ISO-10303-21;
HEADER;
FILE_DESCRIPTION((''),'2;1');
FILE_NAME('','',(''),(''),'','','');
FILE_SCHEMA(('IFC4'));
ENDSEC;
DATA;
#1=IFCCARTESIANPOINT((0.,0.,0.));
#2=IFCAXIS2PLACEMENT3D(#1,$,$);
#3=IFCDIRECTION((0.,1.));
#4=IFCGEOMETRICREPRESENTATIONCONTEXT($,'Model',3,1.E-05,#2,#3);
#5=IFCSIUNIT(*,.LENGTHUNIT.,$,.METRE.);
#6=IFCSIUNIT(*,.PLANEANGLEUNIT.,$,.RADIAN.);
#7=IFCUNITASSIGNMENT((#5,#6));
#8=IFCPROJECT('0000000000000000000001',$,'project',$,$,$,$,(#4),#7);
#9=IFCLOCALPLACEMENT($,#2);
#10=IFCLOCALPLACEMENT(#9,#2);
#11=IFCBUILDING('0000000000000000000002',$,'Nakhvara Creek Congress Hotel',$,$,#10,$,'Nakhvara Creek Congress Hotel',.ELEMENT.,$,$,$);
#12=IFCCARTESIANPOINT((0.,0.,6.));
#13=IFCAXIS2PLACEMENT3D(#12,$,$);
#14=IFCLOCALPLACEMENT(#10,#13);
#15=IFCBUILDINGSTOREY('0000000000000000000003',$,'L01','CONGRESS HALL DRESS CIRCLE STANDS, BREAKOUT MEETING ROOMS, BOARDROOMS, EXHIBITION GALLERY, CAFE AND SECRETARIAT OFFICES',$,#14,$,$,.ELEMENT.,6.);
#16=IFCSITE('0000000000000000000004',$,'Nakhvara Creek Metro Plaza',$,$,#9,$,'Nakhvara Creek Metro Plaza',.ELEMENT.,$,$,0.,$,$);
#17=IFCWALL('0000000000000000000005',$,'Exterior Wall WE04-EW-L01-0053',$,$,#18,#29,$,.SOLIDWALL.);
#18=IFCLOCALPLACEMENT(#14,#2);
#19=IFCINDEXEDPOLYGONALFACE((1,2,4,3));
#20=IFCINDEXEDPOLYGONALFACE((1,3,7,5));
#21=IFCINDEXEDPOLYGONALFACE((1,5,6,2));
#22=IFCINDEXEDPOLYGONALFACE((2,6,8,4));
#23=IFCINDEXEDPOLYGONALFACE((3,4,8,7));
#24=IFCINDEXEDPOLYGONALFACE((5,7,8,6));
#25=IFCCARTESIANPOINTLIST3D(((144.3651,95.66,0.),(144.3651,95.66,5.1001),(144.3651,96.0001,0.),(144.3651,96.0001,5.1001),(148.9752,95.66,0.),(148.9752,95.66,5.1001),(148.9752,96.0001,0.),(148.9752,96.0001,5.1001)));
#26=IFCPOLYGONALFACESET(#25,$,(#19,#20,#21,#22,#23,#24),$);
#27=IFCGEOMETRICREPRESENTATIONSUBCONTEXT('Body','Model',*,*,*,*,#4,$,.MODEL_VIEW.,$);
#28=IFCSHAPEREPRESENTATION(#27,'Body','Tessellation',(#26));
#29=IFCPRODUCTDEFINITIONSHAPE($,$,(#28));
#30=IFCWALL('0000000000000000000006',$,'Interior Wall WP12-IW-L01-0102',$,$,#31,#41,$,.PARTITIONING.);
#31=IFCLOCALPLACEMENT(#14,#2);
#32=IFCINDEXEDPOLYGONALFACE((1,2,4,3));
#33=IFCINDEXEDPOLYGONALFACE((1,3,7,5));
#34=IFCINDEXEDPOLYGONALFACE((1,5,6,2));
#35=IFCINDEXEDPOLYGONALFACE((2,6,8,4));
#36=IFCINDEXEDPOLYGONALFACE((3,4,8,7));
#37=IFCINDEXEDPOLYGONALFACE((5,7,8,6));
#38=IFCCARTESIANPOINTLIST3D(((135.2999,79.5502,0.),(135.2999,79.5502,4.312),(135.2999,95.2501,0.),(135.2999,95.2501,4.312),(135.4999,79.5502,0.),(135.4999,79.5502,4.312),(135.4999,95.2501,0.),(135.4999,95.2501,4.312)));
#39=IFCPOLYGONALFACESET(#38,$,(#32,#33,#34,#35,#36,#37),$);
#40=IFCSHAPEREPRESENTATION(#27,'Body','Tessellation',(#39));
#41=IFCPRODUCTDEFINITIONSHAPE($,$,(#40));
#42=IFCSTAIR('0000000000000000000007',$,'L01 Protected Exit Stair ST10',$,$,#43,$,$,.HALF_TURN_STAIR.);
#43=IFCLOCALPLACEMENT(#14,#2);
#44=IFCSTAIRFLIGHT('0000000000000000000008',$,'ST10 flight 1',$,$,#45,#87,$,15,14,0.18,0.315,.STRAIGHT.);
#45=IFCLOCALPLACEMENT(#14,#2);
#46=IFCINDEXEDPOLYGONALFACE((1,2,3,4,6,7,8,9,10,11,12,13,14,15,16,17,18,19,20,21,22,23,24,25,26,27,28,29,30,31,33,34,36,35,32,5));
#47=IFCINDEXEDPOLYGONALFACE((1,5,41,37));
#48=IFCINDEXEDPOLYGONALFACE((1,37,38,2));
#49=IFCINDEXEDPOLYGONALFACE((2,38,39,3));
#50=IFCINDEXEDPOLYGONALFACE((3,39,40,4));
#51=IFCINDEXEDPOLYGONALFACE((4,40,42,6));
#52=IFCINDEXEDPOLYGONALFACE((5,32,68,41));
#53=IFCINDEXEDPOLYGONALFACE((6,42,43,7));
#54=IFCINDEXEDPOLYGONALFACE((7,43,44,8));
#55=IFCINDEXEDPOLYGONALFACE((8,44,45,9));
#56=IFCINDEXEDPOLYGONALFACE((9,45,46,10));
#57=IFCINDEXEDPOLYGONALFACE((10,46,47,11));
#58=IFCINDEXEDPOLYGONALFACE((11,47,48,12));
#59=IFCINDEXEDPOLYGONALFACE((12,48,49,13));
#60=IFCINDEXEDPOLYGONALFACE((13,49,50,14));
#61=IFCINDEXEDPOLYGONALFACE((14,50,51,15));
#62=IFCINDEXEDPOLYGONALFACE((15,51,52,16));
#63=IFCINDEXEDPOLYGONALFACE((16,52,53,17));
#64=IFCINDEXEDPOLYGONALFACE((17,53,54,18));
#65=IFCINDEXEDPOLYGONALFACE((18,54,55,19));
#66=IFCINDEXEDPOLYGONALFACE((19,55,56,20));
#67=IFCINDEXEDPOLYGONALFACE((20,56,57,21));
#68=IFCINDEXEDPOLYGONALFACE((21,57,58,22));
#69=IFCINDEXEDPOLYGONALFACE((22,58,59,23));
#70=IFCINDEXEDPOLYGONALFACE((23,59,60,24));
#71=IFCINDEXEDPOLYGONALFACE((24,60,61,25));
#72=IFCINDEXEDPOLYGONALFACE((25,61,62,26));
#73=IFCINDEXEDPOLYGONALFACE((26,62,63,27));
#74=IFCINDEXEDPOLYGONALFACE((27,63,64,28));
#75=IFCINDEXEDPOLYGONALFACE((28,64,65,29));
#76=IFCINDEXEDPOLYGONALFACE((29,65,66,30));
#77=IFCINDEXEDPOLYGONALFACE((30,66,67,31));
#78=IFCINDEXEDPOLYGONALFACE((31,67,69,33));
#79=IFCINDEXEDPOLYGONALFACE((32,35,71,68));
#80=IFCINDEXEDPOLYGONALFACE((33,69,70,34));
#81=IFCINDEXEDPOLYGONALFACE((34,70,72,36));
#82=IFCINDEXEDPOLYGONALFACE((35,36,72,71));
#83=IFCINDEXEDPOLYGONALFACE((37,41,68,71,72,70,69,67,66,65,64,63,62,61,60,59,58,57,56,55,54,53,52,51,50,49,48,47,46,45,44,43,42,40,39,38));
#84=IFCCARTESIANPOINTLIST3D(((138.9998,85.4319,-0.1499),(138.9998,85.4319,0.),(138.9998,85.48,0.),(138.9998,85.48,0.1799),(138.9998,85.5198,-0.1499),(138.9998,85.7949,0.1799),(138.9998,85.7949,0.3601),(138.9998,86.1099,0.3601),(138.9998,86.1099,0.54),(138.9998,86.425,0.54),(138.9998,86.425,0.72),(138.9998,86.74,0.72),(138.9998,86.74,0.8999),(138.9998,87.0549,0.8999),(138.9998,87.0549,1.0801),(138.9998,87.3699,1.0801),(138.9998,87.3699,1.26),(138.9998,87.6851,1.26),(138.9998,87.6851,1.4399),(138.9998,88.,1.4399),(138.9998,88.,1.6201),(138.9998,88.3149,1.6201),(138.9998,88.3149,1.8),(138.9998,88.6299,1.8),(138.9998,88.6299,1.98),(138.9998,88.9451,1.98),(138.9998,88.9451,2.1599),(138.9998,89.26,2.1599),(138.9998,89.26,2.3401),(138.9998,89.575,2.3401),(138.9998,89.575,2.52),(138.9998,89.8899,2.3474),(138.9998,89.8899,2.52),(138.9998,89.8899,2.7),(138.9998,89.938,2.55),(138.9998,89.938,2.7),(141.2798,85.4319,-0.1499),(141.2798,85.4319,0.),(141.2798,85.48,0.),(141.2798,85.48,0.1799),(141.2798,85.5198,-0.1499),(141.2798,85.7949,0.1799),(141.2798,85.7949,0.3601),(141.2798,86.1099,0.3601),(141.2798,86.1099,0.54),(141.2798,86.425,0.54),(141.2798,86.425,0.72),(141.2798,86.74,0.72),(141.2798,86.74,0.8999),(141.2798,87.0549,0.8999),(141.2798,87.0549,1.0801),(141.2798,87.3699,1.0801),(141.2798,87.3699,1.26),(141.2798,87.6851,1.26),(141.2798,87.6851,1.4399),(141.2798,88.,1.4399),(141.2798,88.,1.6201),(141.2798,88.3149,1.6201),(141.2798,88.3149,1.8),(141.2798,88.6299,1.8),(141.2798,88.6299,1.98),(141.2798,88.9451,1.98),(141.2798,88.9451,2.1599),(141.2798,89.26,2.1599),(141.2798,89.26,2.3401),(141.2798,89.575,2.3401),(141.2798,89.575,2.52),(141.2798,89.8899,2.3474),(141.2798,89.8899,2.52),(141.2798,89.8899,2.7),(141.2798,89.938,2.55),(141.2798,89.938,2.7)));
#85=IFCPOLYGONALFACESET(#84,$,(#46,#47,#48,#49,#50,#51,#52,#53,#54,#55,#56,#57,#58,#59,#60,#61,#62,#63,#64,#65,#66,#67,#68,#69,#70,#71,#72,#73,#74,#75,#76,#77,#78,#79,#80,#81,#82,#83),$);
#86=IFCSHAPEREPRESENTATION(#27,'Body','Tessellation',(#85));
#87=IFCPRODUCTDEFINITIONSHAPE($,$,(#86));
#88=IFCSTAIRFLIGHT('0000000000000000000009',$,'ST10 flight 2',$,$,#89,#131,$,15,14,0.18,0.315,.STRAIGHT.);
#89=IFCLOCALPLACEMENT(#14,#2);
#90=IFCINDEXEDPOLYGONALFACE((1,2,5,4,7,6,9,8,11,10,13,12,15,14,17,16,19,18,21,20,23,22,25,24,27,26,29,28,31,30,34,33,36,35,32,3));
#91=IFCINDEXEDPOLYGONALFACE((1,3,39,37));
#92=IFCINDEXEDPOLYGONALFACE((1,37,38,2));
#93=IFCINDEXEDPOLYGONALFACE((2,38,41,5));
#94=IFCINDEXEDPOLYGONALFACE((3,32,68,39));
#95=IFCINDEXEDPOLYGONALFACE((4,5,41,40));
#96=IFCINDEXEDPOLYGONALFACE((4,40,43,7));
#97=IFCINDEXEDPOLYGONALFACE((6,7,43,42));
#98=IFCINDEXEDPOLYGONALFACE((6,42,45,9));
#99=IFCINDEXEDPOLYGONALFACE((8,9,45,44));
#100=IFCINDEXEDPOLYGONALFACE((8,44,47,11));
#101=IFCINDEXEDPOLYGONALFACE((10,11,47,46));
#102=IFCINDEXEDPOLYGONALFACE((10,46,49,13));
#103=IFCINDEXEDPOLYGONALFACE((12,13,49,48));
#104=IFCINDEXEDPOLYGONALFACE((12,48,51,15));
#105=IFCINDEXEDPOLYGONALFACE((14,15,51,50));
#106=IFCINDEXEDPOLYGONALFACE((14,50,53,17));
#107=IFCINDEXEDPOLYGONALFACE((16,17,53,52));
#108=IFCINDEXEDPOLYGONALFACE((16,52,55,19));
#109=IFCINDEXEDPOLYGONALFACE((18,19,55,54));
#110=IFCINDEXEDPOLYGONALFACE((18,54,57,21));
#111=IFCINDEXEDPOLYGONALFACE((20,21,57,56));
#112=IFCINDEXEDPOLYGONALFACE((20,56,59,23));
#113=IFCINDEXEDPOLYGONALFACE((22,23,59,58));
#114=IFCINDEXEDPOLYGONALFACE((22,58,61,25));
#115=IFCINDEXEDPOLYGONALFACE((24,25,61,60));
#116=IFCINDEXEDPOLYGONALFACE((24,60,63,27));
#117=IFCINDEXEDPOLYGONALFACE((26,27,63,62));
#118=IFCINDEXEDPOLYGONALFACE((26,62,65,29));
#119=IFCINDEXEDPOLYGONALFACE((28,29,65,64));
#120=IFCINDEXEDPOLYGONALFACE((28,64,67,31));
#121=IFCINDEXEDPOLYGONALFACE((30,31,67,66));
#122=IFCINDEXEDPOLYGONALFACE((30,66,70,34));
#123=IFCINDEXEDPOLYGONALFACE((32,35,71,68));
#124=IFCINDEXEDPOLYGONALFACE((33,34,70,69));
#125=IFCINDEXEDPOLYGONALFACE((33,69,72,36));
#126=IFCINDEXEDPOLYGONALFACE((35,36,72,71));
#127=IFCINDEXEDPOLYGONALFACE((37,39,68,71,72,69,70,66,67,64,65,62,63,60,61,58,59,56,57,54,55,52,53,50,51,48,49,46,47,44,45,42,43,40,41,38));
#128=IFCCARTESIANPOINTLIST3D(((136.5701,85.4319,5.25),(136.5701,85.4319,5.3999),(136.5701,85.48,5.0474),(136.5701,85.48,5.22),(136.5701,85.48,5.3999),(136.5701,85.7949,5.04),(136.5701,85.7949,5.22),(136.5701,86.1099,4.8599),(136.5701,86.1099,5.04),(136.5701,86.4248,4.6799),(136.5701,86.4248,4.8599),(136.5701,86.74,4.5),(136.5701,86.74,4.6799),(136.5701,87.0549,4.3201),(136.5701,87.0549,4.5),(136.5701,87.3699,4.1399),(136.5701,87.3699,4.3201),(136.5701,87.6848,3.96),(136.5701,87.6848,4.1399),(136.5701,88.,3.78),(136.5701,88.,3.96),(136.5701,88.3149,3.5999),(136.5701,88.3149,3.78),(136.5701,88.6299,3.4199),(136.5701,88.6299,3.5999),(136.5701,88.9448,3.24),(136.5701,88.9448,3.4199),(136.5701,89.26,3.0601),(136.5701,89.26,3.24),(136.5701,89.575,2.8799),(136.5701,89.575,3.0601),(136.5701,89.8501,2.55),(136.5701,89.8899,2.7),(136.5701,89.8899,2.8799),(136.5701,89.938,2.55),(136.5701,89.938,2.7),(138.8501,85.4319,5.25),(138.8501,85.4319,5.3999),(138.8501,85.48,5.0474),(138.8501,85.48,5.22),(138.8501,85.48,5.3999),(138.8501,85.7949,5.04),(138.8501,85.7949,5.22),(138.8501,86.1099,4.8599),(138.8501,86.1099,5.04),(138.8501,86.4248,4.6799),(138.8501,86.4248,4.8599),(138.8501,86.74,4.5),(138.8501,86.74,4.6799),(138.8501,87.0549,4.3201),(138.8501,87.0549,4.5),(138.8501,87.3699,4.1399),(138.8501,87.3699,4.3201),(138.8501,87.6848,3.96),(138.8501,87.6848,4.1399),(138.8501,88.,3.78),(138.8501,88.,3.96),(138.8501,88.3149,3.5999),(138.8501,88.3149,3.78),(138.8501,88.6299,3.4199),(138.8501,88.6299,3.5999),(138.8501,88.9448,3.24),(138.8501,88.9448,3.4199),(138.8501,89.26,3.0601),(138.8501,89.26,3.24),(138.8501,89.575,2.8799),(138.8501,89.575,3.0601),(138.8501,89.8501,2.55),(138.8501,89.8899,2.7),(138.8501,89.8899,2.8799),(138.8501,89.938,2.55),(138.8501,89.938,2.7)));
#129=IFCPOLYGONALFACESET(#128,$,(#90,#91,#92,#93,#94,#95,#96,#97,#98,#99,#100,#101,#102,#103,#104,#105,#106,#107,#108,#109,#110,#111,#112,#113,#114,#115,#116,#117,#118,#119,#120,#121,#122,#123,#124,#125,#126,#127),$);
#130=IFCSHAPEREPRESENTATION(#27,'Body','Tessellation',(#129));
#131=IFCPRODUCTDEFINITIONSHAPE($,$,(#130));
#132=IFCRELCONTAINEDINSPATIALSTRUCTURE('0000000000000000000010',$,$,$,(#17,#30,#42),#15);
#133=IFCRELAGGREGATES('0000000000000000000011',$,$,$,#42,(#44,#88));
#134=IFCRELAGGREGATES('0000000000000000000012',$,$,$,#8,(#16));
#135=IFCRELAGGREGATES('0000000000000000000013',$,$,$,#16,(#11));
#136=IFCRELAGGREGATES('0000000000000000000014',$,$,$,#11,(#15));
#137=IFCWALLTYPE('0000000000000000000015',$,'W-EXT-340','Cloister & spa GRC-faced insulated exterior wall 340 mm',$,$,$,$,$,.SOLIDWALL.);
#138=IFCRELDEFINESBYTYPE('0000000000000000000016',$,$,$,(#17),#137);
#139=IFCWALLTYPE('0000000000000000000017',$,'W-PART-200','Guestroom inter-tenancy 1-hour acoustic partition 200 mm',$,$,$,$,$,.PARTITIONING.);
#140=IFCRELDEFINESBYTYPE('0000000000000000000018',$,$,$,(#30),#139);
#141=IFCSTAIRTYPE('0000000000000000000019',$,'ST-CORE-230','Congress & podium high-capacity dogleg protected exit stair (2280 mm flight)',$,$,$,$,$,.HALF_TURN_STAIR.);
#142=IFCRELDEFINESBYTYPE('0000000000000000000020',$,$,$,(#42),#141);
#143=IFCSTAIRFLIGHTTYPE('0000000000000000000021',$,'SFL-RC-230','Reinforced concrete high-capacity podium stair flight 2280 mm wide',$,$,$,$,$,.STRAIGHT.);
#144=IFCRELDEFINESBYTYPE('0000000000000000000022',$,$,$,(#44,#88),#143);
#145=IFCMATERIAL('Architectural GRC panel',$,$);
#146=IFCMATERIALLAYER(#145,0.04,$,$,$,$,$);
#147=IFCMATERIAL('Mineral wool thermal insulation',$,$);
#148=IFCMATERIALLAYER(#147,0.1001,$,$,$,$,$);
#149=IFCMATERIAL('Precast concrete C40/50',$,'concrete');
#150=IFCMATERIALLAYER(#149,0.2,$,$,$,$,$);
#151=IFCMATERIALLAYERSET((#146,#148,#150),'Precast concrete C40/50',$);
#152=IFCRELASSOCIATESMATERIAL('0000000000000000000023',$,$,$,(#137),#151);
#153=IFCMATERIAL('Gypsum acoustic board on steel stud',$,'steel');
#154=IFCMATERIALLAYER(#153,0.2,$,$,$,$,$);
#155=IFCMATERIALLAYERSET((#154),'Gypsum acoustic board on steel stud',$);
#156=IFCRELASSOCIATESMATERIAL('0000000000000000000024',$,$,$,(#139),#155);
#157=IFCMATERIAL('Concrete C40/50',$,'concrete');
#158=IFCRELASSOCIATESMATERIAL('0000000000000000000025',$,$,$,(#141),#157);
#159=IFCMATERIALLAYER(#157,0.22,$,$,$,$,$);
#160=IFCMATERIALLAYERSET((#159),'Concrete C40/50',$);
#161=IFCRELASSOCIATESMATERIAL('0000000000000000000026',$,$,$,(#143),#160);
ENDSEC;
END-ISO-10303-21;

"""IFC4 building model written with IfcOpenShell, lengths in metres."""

from ifc_helpers import new_model, si_unit, direction, frame, frame_2d, origin, place, context, subcontext, project, spatial, polyline, rectangle, outline, extrude, material, layer, layer_set, type_object, element, aggregate, save


model = new_model("IFC4")

# Units and contexts
model_context = context("Model", 3, precision=1e-05, world=origin(), true_north=direction((0.0, 1.0)))
body_context = subcontext(model_context, "Body", "Model", "MODEL_VIEW")
ifc_project = project(units=[si_unit("LENGTHUNIT", "METRE"), si_unit("PLANEANGLEUNIT", "RADIAN")], contexts=[model_context])

# Site, building, storey
site_placement = place(None, origin())
site = spatial("IfcSite", under=ifc_project, at=site_placement, Name="Nakhvara Creek Metro Plaza", LongName="Nakhvara Creek Metro Plaza", CompositionType="ELEMENT", RefElevation=0.0)
building_placement = place(site_placement, origin())
building = spatial("IfcBuilding", under=site, at=building_placement, Name="Nakhvara Creek Congress Hotel", LongName="Nakhvara Creek Congress Hotel", CompositionType="ELEMENT")
storey_placement = place(building_placement, frame((0.0, 0.0, 6.0)))
storey = spatial("IfcBuildingStorey", under=building, at=storey_placement, Name="L01", Description="CONGRESS HALL DRESS CIRCLE STANDS, BREAKOUT MEETING ROOMS, BOARDROOMS, EXHIBITION GALLERY, CAFE AND SECRETARIAT OFFICES", CompositionType="ELEMENT", Elevation=6.0)

# Shared definitions
ifc_material_1 = material(Name="Concrete C40/50", Category="concrete")

# Shared definitions
ifc_material_2 = material(Name="Mineral wool thermal insulation")
ifc_material_3 = material(Name="Precast concrete C40/50", Category="concrete")

# Walls
ifc_material_4 = material(Name="Architectural GRC panel")
ifc_layer_1 = layer(ifc_material_4, 0.04)
ifc_layer_2 = layer(ifc_material_2, 0.1001)
ifc_layer_3 = layer(ifc_material_3, 0.2)
ifc_layer_set_1 = layer_set([ifc_layer_1, ifc_layer_2, ifc_layer_3], Name="Precast concrete C40/50")
wall_type_1 = type_object("IfcWallType", Name="W-EXT-340", Description="Cloister & spa GRC-faced insulated exterior wall 340 mm", PredefinedType="SOLIDWALL", material=ifc_layer_set_1)
wall_1_placement = place(storey_placement, frame((144.365, 95.8301, 0.0), z_axis=(0.0, 0.0, 1.0), x_axis=(1.0, 0.0, 0.0)))
element("IfcWall", 1, at=wall_1_placement, inside=storey, type_object=wall_type_1, Name="Exterior Wall WE04-EW-L01-0053", PredefinedType="SOLIDWALL", context=body_context, shape_type="SweptSolid", body=[
    extrude(rectangle(XDim=4.6101, YDim=0.3401, at=frame_2d((2.3052, 0.0))), origin(), (0.0, 0.0, 1.0), 5.1001),
])
ifc_material_5 = material(Name="Gypsum acoustic board on steel stud", Category="steel")
ifc_layer_4 = layer(ifc_material_5, 0.2)
ifc_layer_set_2 = layer_set([ifc_layer_4], Name="Gypsum acoustic board on steel stud")
wall_type_2 = type_object("IfcWallType", Name="W-PART-200", Description="Guestroom inter-tenancy 1-hour acoustic partition 200 mm", PredefinedType="PARTITIONING", material=ifc_layer_set_2)
wall_2_placement = place(storey_placement, frame((135.3999, 79.55, 0.0), z_axis=(0.0, 0.0, 1.0), x_axis=(0.0, 1.0, 0.0)))
element("IfcWall", 2, at=wall_2_placement, inside=storey, type_object=wall_type_2, Name="Interior Wall WP12-IW-L01-0102", PredefinedType="PARTITIONING", context=body_context, shape_type="SweptSolid", body=[
    extrude(rectangle(XDim=15.7, YDim=0.2, at=frame_2d((7.8501, 0.0))), origin(), (0.0, 0.0, 1.0), 4.312),
])

# Stair, stair flights
stair_type = type_object("IfcStairType", Name="ST-CORE-230", Description="Congress & podium high-capacity dogleg protected exit stair (2280 mm flight)", PredefinedType="HALF_TURN_STAIR", material=ifc_material_1)
stair_placement = place(storey_placement, origin())
stair = element("IfcStair", 3, at=stair_placement, inside=storey, type_object=stair_type, Name="L01 Protected Exit Stair ST10", PredefinedType="HALF_TURN_STAIR")
ifc_layer_5 = layer(ifc_material_1, 0.22)
ifc_layer_set_3 = layer_set([ifc_layer_5], Name="Concrete C40/50")
stair_flight_type = type_object("IfcStairFlightType", Name="SFL-RC-230", Description="Reinforced concrete high-capacity podium stair flight 2280 mm wide", PredefinedType="STRAIGHT", material=ifc_layer_set_3)
stair_flight_1_placement = place(storey_placement, frame((140.1399, 85.48, 0.0), z_axis=(0.0, 0.0, 1.0), x_axis=(0.0, 1.0, 0.0)))
stair_flight_1 = element("IfcStairFlight", 4, at=stair_flight_1_placement, type_object=stair_flight_type, Name="ST10 flight 1", NumberOfRisers=15, NumberOfTreads=14, PredefinedType="STRAIGHT", RiserHeight=0.18, TreadLength=0.315, context=body_context, shape_type="SweptSolid", body=[
    extrude(outline(polyline([(-0.0481, 0.0), (0.0, 0.0), (0.0, 0.1799), (0.3149, 0.1799), (0.3149, 0.3601), (0.6299, 0.3601), (0.6299, 0.54), (0.9451, 0.54), (0.9451, 0.72), (1.26, 0.72), (1.26, 0.8999), (1.575, 0.8999), (1.575, 1.0801), (1.8899, 1.0801), (1.8899, 1.26), (2.2051, 1.26), (2.2051, 1.4399), (2.52, 1.4399), (2.52, 1.6201), (2.835, 1.6201), (2.835, 1.8), (3.1499, 1.8), (3.1499, 1.98), (3.4651, 1.98), (3.4651, 2.1599), (3.78, 2.1599), (3.78, 2.3401), (4.095, 2.3401), (4.095, 2.52), (4.4099, 2.52), (4.4099, 2.7), (4.458, 2.7), (4.458, 2.55), (4.4099, 2.3474), (0.0398, -0.1499), (-0.0481, -0.1499), (-0.0481, 0.0)])), frame((0.0, 1.1401, 0.0), z_axis=(0.0, -1.0, 0.0), x_axis=(1.0, 0.0, 0.0)), (0.0, 0.0, 1.0), 2.28),
])
stair_flight_2_placement = place(storey_placement, frame((137.71, 89.8899, 2.7), z_axis=(0.0, 0.0, 1.0), x_axis=(0.0, -1.0, 0.0)))
stair_flight_2 = element("IfcStairFlight", 5, at=stair_flight_2_placement, type_object=stair_flight_type, Name="ST10 flight 2", NumberOfRisers=15, NumberOfTreads=14, PredefinedType="STRAIGHT", RiserHeight=0.18, TreadLength=0.315, context=body_context, shape_type="SweptSolid", body=[
    extrude(outline(polyline([(-0.0481, 0.0), (0.0, 0.0), (0.0, 0.1799), (0.3149, 0.1799), (0.3149, 0.3601), (0.6299, 0.3601), (0.6299, 0.54), (0.9451, 0.54), (0.9451, 0.72), (1.26, 0.72), (1.26, 0.8999), (1.575, 0.8999), (1.575, 1.0801), (1.8899, 1.0801), (1.8899, 1.26), (2.2051, 1.26), (2.2051, 1.4399), (2.52, 1.4399), (2.52, 1.6201), (2.835, 1.6201), (2.835, 1.8), (3.1499, 1.8), (3.1499, 1.98), (3.4651, 1.98), (3.4651, 2.1599), (3.78, 2.1599), (3.78, 2.3401), (4.095, 2.3401), (4.095, 2.52), (4.4099, 2.52), (4.4099, 2.7), (4.458, 2.7), (4.458, 2.55), (4.4099, 2.3474), (0.0398, -0.1499), (-0.0481, -0.1499), (-0.0481, 0.0)])), frame((0.0, 1.1401, 0.0), z_axis=(0.0, -1.0, 0.0), x_axis=(1.0, 0.0, 0.0)), (0.0, 0.0, 1.0), 2.28),
])
aggregate(stair, [stair_flight_1, stair_flight_2])

save(model, "model.ifc")
